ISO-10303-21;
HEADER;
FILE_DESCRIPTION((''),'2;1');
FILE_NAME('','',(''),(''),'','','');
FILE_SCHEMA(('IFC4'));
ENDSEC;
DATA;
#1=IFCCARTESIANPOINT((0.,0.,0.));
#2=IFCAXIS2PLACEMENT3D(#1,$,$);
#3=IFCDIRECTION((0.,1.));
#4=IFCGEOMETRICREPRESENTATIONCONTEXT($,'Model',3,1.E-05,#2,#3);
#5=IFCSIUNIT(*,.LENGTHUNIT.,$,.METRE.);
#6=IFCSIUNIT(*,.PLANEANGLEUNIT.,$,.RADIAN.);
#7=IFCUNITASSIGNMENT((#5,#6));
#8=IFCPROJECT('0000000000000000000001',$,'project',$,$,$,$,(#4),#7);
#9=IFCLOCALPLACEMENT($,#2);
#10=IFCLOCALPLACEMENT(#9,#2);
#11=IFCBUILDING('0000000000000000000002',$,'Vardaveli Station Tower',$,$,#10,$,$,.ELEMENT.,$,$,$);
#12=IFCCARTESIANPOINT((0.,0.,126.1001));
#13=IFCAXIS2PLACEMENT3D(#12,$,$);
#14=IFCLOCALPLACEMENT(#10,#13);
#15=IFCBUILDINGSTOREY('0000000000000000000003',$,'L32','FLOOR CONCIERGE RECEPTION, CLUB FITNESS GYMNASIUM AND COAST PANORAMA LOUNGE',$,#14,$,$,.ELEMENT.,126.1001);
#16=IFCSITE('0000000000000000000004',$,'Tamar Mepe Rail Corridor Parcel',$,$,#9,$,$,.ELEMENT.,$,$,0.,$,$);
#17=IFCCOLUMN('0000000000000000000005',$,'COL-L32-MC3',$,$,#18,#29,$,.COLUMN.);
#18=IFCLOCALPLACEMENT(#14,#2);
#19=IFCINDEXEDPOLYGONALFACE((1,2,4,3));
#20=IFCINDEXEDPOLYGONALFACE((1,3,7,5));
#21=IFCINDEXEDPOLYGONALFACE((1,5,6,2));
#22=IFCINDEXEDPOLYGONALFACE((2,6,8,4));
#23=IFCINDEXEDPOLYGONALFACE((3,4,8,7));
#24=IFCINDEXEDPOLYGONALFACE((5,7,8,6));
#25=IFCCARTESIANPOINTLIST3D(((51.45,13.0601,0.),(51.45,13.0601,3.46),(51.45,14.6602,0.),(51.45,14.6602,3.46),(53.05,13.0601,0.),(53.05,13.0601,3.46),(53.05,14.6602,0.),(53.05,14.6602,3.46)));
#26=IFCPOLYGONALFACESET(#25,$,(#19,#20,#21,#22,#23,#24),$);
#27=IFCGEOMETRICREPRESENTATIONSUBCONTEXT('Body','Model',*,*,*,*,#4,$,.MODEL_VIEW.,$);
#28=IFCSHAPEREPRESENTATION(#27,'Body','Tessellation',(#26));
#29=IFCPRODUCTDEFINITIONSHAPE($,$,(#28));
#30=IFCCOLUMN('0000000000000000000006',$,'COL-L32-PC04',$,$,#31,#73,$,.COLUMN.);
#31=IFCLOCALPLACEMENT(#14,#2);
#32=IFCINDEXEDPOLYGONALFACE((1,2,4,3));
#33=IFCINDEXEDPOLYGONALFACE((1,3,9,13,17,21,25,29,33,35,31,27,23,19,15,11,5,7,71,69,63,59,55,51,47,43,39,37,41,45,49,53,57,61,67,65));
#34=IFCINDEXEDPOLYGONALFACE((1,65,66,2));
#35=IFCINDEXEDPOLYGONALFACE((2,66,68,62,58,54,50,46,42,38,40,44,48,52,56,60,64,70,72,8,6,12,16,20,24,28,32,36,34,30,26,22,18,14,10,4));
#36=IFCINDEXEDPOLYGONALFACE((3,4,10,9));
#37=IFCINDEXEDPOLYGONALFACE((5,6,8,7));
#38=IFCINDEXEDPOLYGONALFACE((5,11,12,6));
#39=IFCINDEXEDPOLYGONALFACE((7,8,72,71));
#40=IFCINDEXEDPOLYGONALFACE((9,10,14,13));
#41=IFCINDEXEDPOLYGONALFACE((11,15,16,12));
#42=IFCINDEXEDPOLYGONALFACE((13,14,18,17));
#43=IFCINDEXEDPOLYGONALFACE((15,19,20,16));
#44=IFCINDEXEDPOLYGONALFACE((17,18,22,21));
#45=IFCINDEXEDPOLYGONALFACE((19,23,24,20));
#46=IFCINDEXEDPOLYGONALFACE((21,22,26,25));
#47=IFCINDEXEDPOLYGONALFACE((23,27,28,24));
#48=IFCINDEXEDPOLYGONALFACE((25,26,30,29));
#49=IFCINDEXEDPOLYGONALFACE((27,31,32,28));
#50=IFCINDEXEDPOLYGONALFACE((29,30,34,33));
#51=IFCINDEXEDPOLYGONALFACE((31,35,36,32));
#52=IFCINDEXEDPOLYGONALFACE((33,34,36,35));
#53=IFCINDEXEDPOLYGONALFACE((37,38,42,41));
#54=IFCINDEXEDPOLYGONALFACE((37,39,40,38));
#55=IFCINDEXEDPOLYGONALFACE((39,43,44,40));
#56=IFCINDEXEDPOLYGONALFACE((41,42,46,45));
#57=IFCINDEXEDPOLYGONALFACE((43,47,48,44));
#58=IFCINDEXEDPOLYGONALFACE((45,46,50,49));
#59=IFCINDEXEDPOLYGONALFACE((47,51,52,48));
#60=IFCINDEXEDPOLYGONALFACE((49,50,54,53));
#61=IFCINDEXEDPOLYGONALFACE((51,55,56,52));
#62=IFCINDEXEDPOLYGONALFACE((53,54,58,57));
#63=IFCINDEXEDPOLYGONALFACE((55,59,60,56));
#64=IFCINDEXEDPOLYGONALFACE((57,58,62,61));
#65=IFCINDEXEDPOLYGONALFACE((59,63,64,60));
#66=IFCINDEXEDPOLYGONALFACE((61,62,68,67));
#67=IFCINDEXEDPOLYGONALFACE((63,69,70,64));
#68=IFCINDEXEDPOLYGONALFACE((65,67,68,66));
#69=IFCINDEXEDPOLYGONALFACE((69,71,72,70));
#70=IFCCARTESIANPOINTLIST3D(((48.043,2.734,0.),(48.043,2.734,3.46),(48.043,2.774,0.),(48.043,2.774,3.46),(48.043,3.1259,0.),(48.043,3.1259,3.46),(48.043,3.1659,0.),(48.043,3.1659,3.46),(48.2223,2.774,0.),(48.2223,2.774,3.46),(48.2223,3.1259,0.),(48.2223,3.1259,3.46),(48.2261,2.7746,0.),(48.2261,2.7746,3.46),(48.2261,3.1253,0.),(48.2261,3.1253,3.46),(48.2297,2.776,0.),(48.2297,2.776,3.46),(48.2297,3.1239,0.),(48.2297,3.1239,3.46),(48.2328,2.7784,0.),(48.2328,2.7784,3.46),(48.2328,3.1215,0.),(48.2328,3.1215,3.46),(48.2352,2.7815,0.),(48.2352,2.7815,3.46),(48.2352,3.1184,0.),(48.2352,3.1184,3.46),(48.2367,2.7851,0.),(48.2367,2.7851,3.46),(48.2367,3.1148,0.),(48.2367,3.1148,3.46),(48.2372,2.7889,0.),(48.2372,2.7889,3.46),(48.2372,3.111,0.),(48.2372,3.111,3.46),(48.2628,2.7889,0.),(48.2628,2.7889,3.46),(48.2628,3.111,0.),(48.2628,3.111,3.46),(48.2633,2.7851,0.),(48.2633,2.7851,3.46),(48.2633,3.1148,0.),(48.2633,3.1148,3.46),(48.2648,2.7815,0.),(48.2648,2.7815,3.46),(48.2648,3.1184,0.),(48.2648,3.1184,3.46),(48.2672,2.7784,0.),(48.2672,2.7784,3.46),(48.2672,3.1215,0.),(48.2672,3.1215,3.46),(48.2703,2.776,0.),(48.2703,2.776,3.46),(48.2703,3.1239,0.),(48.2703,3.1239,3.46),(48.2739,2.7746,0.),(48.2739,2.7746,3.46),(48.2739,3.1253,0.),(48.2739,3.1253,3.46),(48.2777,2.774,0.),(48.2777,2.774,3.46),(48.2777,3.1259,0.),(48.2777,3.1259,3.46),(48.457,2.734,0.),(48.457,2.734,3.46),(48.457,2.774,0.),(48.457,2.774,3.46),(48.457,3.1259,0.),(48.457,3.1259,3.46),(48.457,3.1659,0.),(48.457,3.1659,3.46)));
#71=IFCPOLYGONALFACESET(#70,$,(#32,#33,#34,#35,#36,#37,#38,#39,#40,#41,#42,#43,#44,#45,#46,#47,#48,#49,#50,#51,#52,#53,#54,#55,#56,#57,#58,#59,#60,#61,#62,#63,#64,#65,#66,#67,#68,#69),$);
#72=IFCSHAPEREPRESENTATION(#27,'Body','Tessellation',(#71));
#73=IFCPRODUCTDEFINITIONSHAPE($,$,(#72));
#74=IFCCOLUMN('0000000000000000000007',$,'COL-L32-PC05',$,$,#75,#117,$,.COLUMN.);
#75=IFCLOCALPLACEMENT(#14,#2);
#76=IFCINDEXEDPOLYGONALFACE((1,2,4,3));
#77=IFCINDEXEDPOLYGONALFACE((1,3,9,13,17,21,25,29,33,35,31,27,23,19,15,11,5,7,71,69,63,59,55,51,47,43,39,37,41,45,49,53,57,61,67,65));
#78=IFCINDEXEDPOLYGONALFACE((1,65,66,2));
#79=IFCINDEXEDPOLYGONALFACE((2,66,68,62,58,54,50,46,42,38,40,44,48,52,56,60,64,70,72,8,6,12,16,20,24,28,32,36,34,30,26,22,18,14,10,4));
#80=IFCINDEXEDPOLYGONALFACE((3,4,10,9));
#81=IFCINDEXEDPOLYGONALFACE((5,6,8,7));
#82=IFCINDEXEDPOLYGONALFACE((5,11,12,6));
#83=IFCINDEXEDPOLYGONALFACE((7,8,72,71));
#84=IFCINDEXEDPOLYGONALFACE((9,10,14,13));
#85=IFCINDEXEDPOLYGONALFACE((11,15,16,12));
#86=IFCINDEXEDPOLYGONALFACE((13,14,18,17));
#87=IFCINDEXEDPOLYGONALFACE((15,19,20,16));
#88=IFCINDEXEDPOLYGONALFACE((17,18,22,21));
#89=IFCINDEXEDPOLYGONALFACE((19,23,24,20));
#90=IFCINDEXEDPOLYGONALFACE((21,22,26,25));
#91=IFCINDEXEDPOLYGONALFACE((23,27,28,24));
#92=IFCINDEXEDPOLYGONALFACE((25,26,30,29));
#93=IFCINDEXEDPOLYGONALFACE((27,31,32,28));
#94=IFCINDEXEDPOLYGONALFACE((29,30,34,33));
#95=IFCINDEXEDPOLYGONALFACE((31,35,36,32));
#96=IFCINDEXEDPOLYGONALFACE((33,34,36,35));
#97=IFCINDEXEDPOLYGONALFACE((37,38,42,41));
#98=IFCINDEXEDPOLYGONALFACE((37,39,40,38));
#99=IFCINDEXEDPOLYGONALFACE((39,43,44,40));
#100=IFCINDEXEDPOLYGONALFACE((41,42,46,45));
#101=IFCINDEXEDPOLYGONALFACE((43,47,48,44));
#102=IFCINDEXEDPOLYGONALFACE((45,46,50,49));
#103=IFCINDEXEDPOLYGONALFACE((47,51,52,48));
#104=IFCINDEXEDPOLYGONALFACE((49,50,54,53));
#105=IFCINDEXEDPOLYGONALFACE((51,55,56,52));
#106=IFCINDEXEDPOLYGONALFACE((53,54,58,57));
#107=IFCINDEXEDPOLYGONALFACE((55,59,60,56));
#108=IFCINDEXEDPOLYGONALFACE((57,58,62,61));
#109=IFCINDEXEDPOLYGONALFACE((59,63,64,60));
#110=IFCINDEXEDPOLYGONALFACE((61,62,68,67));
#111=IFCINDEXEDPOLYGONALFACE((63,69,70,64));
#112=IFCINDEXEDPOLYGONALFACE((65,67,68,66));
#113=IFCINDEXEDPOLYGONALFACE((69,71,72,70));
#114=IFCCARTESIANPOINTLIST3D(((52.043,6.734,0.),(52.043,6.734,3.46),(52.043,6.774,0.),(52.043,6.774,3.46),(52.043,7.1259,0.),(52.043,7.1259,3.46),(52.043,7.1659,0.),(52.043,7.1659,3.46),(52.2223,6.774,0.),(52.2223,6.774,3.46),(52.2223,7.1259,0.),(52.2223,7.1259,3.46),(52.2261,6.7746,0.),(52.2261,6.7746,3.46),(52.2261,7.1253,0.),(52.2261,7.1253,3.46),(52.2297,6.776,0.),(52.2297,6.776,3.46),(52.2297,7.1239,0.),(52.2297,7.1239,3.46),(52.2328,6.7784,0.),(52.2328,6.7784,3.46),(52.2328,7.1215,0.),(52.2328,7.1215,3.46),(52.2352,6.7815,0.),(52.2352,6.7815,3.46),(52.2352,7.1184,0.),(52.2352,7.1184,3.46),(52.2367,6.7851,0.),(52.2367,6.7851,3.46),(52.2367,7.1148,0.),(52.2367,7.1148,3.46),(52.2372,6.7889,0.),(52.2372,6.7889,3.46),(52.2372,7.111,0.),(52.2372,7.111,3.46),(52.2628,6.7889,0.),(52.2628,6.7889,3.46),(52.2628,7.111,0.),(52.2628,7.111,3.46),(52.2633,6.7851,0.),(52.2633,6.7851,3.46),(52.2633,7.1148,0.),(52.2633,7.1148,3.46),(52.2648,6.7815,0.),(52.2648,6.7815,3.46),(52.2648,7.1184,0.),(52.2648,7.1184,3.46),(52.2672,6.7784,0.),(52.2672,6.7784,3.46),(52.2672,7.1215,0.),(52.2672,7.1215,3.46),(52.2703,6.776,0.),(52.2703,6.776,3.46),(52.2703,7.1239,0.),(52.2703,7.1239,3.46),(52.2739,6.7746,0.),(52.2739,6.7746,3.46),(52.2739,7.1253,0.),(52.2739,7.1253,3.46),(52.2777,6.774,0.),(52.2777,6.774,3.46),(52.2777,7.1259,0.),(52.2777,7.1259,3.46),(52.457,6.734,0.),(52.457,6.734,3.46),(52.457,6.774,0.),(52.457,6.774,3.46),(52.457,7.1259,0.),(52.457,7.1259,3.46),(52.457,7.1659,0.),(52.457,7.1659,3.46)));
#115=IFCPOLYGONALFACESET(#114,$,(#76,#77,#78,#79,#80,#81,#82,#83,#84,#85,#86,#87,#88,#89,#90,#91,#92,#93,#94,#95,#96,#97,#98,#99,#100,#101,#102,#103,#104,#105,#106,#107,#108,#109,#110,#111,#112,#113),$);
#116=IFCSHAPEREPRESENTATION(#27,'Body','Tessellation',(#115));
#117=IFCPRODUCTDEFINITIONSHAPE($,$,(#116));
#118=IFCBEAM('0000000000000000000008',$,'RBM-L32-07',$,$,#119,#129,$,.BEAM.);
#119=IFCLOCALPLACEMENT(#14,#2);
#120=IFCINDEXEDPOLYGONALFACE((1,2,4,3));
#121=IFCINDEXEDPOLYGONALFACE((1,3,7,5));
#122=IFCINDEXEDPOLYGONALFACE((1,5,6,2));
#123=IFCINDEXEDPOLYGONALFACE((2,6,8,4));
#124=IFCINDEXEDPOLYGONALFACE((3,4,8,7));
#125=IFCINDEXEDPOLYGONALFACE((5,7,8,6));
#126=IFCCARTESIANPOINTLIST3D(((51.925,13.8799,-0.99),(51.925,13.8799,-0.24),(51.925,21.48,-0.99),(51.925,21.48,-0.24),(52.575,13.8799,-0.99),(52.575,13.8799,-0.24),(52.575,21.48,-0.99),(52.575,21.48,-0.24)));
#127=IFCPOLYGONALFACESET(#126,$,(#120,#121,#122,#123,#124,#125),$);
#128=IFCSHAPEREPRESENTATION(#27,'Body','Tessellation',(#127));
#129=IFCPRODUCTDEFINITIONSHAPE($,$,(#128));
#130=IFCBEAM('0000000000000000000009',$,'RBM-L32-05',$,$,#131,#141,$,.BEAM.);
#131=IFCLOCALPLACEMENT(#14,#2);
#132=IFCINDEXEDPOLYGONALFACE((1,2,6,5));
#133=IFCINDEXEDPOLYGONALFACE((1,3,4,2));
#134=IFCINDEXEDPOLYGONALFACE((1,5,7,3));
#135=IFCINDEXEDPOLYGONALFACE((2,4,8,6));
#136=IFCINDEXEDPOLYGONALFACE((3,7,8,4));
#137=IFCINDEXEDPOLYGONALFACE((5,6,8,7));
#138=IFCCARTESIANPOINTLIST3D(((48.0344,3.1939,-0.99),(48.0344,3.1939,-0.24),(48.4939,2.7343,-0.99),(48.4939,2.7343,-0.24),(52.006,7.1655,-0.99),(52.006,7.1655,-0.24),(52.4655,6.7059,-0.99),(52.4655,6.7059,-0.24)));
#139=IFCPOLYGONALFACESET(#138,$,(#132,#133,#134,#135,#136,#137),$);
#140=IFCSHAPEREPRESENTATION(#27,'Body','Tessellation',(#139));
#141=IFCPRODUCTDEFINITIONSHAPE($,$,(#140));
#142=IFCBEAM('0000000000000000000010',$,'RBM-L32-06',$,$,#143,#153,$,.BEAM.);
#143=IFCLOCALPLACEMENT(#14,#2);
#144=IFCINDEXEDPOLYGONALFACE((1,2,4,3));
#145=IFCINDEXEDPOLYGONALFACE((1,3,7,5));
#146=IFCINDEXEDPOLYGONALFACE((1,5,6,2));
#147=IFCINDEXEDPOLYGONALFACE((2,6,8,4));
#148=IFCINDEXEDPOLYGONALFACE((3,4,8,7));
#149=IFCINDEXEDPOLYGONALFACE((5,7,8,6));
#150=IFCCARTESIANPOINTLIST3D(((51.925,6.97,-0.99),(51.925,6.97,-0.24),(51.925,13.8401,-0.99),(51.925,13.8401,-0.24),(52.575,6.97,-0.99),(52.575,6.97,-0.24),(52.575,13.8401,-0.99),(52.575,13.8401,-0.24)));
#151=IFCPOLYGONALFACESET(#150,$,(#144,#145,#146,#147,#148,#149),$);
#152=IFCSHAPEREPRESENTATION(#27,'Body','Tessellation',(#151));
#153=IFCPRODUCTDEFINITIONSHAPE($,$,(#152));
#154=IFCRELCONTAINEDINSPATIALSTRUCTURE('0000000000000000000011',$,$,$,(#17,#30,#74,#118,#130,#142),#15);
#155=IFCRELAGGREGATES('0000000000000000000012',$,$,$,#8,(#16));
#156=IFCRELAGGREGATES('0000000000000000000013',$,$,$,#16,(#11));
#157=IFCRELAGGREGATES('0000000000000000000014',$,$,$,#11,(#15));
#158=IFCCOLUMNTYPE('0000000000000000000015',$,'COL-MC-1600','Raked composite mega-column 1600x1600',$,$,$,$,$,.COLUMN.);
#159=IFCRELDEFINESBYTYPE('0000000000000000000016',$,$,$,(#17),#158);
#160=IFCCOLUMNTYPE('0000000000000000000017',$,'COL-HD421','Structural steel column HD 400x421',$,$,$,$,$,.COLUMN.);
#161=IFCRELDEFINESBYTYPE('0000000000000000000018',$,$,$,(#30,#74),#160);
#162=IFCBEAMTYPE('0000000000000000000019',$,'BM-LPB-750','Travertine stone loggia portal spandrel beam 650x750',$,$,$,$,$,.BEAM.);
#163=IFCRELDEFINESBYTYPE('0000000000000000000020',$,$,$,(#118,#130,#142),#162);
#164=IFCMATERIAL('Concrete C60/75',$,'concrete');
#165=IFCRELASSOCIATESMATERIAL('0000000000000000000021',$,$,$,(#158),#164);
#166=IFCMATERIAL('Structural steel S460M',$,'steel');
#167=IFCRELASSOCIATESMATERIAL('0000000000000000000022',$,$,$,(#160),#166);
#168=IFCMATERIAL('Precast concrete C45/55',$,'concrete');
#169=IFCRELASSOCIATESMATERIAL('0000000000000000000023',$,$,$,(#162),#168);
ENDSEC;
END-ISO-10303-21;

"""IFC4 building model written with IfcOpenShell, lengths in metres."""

from ifc_helpers import new_model, si_unit, direction, frame, origin, origin_2d, place, context, subcontext, project, spatial, rectangle, i_section, extrude, source, transform, mapped, material, material_profile, profile_set, type_object, element, save


model = new_model("IFC4")

# Units and contexts
model_context = context("Model", 3, precision=1e-05, world=origin(), true_north=direction((0.0, 1.0)))
body_context = subcontext(model_context, "Body", "Model", "MODEL_VIEW")
ifc_project = project(units=[si_unit("LENGTHUNIT", "METRE"), si_unit("PLANEANGLEUNIT", "RADIAN")], contexts=[model_context])

# Site, building, storey
site_placement = place(None, origin())
site = spatial("IfcSite", under=ifc_project, at=site_placement, Name="Tamar Mepe Rail Corridor Parcel", CompositionType="ELEMENT", RefElevation=0.0)
building_placement = place(site_placement, origin())
building = spatial("IfcBuilding", under=site, at=building_placement, Name="Vardaveli Station Tower", CompositionType="ELEMENT")
storey_placement = place(building_placement, frame((0.0, 0.0, 126.1001)))
storey = spatial("IfcBuildingStorey", under=building, at=storey_placement, Name="L32", Description="FLOOR CONCIERGE RECEPTION, CLUB FITNESS GYMNASIUM AND COAST PANORAMA LOUNGE", CompositionType="ELEMENT", Elevation=126.1001)

# Columns
ifc_material_1 = material(Name="Concrete C60/75", Category="concrete")
ifc_material_profile_1 = material_profile(ifc_material_1, rectangle(XDim=1.6001, YDim=1.6001, at=origin_2d()), Name="MC 1600x1600")
ifc_profile_set_1 = profile_set([ifc_material_profile_1], Name="Concrete C60/75")
column_type_1 = type_object("IfcColumnType", Name="COL-MC-1600", Description="Raked composite mega-column 1600x1600", PredefinedType="COLUMN", material=ifc_profile_set_1)
shared_shape_1 = source(origin(), body_context, "Body", "SweptSolid", [
    extrude(rectangle(XDim=1.6001, YDim=1.6001, at=origin_2d()), origin(), (0.0, 0.0, 1.0), 3.46),
])
column_placement = place(storey_placement, frame((52.25, 13.8601, 0.0), z_axis=(0.0, 0.0, 1.0), x_axis=(1.0, 0.0, 0.0)))
element("IfcColumn", 1, at=column_placement, inside=storey, type_object=column_type_1, Name="COL-L32-MC3", PredefinedType="COLUMN", context=body_context, shape_type="MappedRepresentation", body=[
    mapped(shared_shape_1, transform((0.0, 0.0, 0.0), scale=1.0)),
])
ifc_material_2 = material(Name="Structural steel S460M", Category="steel")
ifc_material_profile_2 = material_profile(ifc_material_2, i_section(OverallWidth=0.4141, OverallDepth=0.4319, WebThickness=0.0256, FlangeThickness=0.04, FilletRadius=0.0149, at=origin_2d()), Name="HD 400x421")
ifc_profile_set_2 = profile_set([ifc_material_profile_2], Name="Structural steel S460M")
column_type_2 = type_object("IfcColumnType", Name="COL-HD421", Description="Structural steel column HD 400x421", PredefinedType="COLUMN", material=ifc_profile_set_2)
shared_shape_2 = source(origin(), body_context, "Body", "SweptSolid", [
    extrude(i_section(OverallWidth=0.4141, OverallDepth=0.4319, WebThickness=0.0256, FlangeThickness=0.04, FilletRadius=0.0149, at=origin_2d()), origin(), (0.0, 0.0, 1.0), 3.46),
])
for number, where, z_axis, x_axis, name in (
    (2, (48.25, 2.95, 0.0), (0.0, 0.0, 1.0), (1.0, 0.0, 0.0), "COL-L32-PC04"),
    (3, (52.25, 6.95, 0.0), (0.0, 0.0, 1.0), (1.0, 0.0, 0.0), "COL-L32-PC05"),
):
    element("IfcColumn", number, at=place(storey_placement, frame(where, z_axis=z_axis, x_axis=x_axis)), inside=storey, type_object=column_type_2, Name=name, PredefinedType="COLUMN", context=body_context, shape_type="MappedRepresentation", body=[
        mapped(shared_shape_2, transform((0.0, 0.0, 0.0), scale=1.0)),
    ])

# Beams
ifc_material_3 = material(Name="Precast concrete C45/55", Category="concrete")
ifc_material_profile_3 = material_profile(ifc_material_3, rectangle(XDim=0.6499, YDim=0.75, at=origin_2d()), Name="LPB 650x750")
ifc_profile_set_3 = profile_set([ifc_material_profile_3], Name="Precast concrete C45/55")
beam_type_1 = type_object("IfcBeamType", Name="BM-LPB-750", Description="Travertine stone loggia portal spandrel beam 650x750", PredefinedType="BEAM", material=ifc_profile_set_3)
shared_shape_3 = source(origin(), body_context, "Body", "SweptSolid", [
    extrude(rectangle(XDim=0.6499, YDim=0.75, at=origin_2d()), origin(), (0.0, 0.0, 1.0), 7.6001),
])
beam_1_placement = place(storey_placement, frame((52.25, 13.8799, -0.615), z_axis=(0.0, 1.0, 0.0), x_axis=(-1.0, 0.0, 0.0)))
element("IfcBeam", 4, at=beam_1_placement, inside=storey, type_object=beam_type_1, Name="RBM-L32-07", PredefinedType="BEAM", context=body_context, shape_type="MappedRepresentation", body=[
    mapped(shared_shape_3, transform((0.0, 0.0, 0.0), scale=1.0)),
])
shared_shape_4 = source(origin(), body_context, "Body", "SweptSolid", [
    extrude(rectangle(XDim=0.6499, YDim=0.75, at=origin_2d()), origin(), (0.0, 0.0, 1.0), 5.6167),
])
beam_2_placement = place(storey_placement, frame((48.2642, 2.9641, -0.615), z_axis=(0.707107, 0.707107, 0.0), x_axis=(-0.707107, 0.707107, 0.0)))
element("IfcBeam", 5, at=beam_2_placement, inside=storey, type_object=beam_type_1, Name="RBM-L32-05", PredefinedType="BEAM", context=body_context, shape_type="MappedRepresentation", body=[
    mapped(shared_shape_4, transform((0.0, 0.0, 0.0), scale=1.0)),
])
shared_shape_5 = source(origin(), body_context, "Body", "SweptSolid", [
    extrude(rectangle(XDim=0.6499, YDim=0.75, at=origin_2d()), origin(), (0.0, 0.0, 1.0), 6.8701),
])
beam_3_placement = place(storey_placement, frame((52.25, 6.97, -0.615), z_axis=(0.0, 1.0, 0.0), x_axis=(-1.0, 0.0, 0.0)))
element("IfcBeam", 6, at=beam_3_placement, inside=storey, type_object=beam_type_1, Name="RBM-L32-06", PredefinedType="BEAM", context=body_context, shape_type="MappedRepresentation", body=[
    mapped(shared_shape_5, transform((0.0, 0.0, 0.0), scale=1.0)),
])

save(model, "model.ifc")
